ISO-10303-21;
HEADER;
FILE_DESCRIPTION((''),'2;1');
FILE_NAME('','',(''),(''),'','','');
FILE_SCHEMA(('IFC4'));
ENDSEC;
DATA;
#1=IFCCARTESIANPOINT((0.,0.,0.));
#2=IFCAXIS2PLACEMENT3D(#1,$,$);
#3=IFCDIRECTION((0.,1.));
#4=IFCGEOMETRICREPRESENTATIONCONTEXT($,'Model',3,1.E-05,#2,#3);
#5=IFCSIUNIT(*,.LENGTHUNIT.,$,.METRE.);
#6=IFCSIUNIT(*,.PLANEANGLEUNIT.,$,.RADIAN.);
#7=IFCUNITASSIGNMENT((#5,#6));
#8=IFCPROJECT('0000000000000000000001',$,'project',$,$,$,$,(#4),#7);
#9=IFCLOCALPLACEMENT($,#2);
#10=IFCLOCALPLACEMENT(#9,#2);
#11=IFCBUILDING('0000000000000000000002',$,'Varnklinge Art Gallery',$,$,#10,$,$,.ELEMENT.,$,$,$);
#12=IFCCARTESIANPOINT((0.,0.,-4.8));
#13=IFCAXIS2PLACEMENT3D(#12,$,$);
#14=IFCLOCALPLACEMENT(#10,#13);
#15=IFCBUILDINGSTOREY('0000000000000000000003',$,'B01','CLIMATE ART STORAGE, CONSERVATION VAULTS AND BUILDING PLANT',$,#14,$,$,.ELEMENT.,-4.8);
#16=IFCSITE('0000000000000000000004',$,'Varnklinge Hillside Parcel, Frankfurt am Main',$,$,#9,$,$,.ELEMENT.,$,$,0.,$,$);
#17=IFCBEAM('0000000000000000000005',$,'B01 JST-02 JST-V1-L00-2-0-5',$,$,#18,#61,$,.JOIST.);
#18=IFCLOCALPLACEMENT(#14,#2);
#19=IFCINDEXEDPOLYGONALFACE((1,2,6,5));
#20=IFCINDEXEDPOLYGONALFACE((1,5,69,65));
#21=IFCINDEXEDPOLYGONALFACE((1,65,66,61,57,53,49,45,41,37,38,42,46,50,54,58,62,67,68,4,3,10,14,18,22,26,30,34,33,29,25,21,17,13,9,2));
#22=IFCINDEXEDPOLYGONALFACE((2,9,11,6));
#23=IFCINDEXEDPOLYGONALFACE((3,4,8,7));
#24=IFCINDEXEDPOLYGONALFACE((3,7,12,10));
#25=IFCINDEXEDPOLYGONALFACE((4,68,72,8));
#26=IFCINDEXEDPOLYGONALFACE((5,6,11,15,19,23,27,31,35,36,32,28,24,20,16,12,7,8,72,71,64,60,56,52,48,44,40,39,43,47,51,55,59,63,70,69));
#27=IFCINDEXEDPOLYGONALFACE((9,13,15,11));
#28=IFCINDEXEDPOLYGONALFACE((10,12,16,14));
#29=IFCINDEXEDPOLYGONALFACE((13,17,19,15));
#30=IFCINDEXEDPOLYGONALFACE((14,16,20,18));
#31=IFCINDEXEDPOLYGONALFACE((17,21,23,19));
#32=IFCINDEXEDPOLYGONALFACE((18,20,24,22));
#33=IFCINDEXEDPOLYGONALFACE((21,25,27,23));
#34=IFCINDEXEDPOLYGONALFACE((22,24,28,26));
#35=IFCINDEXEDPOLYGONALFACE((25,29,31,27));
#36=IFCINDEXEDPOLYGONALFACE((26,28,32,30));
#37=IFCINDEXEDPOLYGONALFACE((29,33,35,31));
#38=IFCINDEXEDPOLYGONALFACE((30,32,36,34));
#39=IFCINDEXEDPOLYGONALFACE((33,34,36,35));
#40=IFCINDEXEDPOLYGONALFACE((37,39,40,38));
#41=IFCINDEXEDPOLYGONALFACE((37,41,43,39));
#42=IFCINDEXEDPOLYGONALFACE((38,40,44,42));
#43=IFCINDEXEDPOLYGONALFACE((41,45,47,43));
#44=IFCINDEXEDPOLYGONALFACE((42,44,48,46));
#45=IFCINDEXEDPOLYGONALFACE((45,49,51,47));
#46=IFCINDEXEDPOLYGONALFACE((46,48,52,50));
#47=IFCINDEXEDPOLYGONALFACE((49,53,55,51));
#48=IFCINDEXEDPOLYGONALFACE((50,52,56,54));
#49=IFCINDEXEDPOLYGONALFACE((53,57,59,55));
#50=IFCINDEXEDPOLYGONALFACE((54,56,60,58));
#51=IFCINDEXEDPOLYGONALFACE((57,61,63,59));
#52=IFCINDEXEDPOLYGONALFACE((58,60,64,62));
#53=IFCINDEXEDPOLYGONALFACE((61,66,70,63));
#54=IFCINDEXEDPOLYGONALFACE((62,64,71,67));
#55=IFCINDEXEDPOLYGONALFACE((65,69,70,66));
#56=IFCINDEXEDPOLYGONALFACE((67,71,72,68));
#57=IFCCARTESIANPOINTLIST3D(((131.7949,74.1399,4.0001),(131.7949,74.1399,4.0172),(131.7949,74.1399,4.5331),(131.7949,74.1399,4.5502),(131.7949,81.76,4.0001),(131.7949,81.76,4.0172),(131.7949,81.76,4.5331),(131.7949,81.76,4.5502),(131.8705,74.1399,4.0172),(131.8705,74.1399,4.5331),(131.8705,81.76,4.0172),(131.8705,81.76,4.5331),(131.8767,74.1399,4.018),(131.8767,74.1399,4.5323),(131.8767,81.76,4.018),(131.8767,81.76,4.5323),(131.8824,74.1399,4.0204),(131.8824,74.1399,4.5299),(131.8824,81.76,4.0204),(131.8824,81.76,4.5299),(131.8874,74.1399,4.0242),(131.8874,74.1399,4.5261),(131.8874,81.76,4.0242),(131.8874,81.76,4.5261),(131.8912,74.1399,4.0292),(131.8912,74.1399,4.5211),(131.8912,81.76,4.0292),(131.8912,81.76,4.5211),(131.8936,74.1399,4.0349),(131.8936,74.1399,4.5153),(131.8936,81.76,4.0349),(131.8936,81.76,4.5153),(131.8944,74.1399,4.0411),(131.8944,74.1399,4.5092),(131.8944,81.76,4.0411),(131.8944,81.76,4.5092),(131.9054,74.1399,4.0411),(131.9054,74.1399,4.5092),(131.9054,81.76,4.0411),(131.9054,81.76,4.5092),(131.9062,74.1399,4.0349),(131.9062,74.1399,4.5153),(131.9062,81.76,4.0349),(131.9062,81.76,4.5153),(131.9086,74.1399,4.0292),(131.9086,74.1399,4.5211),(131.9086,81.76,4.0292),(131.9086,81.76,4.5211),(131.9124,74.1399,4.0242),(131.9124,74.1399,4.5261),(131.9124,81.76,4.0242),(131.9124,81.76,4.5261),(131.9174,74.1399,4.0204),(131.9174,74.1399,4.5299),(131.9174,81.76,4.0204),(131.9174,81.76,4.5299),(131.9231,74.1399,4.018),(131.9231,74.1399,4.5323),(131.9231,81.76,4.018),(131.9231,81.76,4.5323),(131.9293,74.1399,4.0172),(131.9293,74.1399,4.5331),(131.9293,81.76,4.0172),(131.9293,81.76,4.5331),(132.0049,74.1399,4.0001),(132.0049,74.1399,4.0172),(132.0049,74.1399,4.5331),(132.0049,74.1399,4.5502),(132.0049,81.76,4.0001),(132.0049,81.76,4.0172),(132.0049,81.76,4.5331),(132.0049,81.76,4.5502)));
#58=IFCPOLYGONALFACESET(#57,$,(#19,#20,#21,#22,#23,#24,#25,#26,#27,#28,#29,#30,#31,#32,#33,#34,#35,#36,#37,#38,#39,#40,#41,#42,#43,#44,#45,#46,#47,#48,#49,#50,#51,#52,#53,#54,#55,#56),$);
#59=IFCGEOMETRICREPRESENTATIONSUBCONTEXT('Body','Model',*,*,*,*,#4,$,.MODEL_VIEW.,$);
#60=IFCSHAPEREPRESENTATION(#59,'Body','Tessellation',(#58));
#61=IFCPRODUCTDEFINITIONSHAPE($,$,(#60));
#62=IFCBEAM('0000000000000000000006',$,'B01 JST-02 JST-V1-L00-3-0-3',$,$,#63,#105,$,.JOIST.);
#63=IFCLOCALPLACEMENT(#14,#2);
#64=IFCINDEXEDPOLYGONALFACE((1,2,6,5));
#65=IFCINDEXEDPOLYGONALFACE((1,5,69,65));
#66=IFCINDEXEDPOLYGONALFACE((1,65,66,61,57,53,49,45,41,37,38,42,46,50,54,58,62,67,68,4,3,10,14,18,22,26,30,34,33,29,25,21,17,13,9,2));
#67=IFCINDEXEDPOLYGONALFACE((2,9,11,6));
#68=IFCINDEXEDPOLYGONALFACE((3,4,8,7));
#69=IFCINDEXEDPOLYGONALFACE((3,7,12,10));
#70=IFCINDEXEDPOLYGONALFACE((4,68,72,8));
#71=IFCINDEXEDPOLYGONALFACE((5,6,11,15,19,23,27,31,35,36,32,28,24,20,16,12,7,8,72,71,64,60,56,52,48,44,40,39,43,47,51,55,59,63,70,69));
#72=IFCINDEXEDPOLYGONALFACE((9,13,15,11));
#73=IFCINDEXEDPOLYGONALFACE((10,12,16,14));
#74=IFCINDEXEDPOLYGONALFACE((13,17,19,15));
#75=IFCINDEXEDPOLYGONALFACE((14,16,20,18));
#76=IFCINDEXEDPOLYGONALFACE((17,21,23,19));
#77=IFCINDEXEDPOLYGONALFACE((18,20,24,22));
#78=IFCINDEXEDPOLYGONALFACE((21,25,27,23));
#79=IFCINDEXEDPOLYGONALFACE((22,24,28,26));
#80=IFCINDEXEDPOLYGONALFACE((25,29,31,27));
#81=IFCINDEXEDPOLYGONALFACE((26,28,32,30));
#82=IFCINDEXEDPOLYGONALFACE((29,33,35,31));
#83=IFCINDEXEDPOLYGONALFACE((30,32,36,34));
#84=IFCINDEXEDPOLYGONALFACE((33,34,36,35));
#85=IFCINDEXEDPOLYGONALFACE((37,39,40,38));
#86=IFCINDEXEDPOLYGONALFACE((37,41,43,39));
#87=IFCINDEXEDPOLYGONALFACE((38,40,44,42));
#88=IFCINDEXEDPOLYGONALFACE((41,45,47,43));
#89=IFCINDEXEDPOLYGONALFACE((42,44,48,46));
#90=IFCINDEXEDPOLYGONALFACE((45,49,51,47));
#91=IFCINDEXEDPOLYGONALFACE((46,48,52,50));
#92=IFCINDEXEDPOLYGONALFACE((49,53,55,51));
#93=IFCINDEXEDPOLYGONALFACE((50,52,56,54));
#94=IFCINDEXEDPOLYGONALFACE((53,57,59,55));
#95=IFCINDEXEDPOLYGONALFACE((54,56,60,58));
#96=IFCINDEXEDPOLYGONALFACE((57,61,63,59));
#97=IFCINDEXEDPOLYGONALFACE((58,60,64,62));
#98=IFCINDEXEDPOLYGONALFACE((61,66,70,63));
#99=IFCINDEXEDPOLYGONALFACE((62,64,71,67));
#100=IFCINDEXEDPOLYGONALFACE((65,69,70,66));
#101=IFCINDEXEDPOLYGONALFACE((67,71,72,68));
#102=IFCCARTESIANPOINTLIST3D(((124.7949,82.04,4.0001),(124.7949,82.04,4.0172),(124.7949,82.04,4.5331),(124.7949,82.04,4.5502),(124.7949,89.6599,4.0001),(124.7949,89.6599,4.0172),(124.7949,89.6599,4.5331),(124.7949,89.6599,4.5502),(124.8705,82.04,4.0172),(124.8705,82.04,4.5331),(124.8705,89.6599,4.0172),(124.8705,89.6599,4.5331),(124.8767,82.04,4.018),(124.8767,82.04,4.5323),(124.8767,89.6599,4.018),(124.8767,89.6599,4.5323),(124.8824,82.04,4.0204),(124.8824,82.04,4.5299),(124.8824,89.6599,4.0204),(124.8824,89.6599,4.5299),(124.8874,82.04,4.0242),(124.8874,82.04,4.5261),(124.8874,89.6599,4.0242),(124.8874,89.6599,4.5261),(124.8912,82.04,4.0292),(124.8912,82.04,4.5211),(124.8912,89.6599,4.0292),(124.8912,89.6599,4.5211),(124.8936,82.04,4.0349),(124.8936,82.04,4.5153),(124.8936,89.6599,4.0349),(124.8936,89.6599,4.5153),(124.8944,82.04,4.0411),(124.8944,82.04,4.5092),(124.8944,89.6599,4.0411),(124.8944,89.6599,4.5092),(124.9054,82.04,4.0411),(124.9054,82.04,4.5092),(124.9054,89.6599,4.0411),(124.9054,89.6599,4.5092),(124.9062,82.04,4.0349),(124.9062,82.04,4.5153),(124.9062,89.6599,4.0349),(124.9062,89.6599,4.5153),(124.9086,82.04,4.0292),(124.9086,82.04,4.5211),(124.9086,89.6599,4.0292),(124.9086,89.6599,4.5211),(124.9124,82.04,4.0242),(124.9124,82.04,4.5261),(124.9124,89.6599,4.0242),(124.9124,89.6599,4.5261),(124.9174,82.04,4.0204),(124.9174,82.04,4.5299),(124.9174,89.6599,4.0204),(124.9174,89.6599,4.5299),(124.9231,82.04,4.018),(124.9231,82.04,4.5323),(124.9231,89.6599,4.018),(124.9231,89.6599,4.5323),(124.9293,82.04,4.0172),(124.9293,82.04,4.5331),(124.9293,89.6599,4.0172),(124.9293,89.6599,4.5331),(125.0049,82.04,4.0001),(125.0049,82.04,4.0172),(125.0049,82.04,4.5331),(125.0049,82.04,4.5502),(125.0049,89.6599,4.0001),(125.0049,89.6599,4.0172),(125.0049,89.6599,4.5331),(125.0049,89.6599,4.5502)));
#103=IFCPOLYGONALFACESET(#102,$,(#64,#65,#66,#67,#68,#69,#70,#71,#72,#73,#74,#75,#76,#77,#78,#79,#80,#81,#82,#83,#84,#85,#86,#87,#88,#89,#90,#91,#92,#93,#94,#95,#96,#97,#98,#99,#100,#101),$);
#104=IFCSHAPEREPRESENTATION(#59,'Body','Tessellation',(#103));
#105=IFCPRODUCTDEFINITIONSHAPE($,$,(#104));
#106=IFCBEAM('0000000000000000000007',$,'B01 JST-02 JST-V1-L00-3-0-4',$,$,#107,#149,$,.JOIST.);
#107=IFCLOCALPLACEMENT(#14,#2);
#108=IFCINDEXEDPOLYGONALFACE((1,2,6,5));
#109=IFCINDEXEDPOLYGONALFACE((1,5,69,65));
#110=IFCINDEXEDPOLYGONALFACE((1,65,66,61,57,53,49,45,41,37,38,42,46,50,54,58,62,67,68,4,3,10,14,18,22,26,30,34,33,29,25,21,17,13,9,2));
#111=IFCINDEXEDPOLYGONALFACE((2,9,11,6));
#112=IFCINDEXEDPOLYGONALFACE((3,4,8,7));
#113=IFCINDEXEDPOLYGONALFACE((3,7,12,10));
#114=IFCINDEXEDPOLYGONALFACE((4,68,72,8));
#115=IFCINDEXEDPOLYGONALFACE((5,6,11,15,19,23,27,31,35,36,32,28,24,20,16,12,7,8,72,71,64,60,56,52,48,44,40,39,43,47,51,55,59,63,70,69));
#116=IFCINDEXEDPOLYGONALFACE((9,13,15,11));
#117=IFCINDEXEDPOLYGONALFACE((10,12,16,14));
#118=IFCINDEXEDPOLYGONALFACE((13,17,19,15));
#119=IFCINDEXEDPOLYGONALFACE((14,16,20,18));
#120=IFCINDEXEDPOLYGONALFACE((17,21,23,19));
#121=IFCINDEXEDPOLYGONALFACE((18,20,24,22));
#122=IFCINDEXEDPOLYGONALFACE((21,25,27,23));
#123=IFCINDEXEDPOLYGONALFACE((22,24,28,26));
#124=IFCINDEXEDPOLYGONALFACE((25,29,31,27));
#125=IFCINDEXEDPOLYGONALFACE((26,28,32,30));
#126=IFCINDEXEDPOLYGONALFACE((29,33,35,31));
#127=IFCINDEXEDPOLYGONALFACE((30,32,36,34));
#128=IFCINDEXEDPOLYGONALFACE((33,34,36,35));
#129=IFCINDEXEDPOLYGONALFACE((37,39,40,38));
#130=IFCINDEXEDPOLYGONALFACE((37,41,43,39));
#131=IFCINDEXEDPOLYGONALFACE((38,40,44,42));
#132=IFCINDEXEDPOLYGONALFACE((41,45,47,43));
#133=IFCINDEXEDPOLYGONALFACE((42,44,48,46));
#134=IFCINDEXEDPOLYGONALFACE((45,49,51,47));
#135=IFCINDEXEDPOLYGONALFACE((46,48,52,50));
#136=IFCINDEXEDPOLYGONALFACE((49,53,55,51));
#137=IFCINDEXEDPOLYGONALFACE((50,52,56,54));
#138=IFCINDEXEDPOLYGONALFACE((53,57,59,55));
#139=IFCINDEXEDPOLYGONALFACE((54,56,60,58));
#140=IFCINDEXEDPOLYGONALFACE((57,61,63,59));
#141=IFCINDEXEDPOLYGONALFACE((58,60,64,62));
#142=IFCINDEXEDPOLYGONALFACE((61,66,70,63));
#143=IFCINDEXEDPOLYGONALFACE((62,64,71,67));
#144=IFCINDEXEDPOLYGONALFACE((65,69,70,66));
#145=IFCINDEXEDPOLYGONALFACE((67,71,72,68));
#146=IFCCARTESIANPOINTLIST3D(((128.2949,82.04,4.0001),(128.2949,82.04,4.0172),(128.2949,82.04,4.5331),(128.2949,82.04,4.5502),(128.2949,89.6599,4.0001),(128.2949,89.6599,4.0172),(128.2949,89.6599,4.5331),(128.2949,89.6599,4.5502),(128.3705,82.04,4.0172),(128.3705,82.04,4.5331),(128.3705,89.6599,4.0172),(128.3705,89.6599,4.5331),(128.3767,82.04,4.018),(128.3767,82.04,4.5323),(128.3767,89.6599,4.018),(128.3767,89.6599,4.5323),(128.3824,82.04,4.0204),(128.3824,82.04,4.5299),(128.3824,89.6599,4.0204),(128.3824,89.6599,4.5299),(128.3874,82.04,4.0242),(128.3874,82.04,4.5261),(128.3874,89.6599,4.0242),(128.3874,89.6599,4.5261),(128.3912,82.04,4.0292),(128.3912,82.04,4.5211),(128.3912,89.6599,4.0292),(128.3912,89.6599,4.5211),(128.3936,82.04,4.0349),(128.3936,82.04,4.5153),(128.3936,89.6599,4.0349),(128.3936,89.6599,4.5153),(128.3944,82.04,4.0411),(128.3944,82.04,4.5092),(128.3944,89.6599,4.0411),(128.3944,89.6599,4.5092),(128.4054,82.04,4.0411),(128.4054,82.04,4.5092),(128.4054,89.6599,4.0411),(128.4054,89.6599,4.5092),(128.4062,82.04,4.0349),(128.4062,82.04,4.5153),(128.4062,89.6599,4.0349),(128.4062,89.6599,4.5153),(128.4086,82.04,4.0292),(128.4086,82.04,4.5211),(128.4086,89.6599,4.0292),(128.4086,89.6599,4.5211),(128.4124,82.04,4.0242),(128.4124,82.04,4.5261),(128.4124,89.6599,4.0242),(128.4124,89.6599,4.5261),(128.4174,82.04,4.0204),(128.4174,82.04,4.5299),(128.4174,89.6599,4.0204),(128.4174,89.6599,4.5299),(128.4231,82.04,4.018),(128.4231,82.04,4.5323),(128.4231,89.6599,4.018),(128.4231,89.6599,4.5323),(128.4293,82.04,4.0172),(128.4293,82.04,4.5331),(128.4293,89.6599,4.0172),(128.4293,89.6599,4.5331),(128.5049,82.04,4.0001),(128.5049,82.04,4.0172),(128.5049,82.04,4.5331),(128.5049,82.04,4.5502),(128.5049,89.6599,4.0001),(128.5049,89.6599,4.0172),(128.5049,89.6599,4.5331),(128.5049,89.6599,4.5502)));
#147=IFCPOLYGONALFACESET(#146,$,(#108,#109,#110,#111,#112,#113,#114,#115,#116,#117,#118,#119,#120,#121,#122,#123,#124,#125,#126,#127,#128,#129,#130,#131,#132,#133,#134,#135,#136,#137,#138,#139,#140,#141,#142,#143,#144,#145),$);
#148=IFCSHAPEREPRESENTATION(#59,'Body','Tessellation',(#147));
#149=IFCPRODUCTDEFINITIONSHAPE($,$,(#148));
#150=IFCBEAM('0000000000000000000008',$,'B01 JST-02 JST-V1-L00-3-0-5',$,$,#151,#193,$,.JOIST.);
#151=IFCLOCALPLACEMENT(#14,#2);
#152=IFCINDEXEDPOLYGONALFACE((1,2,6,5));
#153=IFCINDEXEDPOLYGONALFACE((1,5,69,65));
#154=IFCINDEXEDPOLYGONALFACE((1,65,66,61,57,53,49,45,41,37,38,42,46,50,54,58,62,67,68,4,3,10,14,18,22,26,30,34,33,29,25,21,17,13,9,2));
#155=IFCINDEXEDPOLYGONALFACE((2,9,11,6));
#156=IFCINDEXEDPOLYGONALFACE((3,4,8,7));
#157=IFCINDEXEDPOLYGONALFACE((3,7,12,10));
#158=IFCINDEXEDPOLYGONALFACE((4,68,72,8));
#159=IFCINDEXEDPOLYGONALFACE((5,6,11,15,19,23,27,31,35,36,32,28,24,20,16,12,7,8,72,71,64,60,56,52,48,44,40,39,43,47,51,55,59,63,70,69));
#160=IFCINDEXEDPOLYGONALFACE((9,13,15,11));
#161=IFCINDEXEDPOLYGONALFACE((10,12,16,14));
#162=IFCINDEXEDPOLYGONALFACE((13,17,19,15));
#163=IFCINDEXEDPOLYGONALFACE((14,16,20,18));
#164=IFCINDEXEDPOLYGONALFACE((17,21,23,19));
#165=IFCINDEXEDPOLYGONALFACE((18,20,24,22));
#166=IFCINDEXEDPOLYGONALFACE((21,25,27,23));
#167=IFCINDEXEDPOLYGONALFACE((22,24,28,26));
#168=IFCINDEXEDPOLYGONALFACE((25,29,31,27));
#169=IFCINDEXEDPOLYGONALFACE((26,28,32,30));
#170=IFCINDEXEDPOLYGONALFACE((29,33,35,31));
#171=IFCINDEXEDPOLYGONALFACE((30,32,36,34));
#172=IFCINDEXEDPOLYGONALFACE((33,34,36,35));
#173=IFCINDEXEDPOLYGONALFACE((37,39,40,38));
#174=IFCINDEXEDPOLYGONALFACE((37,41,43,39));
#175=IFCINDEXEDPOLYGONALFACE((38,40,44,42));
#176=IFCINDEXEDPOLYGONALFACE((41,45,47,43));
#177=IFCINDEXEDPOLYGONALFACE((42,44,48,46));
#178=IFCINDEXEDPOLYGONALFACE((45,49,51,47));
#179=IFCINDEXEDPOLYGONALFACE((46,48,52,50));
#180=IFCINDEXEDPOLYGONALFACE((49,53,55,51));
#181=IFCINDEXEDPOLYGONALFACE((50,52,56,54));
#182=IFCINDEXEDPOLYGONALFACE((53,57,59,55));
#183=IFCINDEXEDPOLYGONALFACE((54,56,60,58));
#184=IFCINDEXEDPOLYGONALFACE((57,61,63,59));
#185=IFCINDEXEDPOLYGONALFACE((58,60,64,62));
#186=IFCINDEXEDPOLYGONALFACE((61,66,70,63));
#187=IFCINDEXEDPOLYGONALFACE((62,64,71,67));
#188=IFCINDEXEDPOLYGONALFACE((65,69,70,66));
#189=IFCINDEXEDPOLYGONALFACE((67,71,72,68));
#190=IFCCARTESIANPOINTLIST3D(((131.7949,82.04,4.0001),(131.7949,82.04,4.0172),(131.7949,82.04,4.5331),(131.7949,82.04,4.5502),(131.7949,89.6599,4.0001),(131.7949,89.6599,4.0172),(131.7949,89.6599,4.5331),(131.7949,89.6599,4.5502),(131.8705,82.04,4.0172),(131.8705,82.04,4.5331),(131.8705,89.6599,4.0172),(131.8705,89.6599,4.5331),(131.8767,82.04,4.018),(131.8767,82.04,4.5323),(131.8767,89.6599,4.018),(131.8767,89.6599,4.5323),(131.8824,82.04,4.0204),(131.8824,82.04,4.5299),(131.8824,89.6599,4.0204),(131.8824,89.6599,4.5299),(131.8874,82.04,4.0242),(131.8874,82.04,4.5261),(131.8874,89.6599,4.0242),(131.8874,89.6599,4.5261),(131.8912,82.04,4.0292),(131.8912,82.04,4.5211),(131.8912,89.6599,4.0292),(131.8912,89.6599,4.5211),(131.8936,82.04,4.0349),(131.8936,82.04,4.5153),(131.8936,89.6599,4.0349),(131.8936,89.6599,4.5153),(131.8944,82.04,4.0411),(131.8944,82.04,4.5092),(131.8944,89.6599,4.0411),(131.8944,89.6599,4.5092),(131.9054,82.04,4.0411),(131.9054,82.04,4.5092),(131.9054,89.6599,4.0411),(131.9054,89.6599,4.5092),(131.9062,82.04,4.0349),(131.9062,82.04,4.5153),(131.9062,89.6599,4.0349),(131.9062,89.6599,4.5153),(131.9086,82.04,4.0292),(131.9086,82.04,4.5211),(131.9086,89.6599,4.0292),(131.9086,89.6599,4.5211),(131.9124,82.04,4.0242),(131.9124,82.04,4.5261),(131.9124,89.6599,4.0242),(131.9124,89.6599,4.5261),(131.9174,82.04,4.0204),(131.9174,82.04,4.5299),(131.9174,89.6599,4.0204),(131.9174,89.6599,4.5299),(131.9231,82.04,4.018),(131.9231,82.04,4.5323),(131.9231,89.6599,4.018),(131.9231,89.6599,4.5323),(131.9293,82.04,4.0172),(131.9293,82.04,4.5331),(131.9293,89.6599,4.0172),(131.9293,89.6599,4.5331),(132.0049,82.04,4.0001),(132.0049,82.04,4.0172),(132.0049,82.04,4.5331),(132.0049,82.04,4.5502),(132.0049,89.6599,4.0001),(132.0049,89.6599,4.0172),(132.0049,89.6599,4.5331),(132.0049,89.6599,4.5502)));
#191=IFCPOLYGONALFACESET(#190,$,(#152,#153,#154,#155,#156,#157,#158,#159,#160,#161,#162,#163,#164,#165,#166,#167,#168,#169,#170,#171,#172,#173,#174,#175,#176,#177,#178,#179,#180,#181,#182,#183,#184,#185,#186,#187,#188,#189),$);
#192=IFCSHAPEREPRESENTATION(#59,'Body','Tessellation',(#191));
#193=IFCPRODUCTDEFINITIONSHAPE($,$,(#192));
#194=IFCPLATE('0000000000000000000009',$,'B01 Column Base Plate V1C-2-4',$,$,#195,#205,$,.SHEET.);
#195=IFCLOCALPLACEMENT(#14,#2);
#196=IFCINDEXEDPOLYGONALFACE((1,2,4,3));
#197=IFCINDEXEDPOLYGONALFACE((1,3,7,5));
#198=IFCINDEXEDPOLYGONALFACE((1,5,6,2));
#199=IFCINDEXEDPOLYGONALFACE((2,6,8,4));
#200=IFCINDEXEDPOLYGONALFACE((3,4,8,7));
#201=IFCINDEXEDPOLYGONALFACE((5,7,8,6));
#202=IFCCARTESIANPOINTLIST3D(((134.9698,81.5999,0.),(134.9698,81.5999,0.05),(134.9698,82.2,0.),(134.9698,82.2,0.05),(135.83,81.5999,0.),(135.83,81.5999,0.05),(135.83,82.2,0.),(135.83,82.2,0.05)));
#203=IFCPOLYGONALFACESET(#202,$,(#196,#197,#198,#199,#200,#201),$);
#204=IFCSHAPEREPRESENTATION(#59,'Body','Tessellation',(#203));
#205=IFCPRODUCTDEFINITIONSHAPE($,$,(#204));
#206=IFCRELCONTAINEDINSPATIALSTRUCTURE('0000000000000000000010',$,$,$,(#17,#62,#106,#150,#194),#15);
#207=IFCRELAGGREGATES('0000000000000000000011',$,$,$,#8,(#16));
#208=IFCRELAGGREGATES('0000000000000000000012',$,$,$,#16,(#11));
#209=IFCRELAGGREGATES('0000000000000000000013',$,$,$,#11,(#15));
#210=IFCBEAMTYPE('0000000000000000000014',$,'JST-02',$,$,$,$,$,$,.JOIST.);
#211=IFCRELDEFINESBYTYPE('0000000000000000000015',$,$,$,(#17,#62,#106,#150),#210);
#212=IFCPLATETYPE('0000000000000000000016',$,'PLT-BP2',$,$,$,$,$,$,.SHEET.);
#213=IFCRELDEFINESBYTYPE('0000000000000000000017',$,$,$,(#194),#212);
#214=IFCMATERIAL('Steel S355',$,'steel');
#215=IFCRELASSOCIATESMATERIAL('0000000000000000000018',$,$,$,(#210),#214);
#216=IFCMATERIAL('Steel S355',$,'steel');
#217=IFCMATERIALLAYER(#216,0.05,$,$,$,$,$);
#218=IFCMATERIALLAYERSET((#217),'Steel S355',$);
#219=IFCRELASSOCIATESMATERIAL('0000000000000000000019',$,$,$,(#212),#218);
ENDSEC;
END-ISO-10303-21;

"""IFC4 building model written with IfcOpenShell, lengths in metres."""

from ifc_helpers import new_model, si_unit, direction, frame, origin, origin_2d, place, context, subcontext, project, spatial, rectangle, i_section, extrude, material, layer, layer_set, material_profile, profile_set, type_object, element, save


model = new_model("IFC4")

# Units and contexts
model_context = context("Model", 3, precision=1e-05, world=origin(), true_north=direction((0.0, 1.0)))
body_context = subcontext(model_context, "Body", "Model", "MODEL_VIEW")
ifc_project = project(units=[si_unit("LENGTHUNIT", "METRE"), si_unit("PLANEANGLEUNIT", "RADIAN")], contexts=[model_context])

# Site, building, storey
site_placement = place(None, origin())
site = spatial("IfcSite", under=ifc_project, at=site_placement, Name="Varnklinge Hillside Parcel, Frankfurt am Main", CompositionType="ELEMENT", RefElevation=0.0)
building_placement = place(site_placement, origin())
building = spatial("IfcBuilding", under=site, at=building_placement, Name="Varnklinge Art Gallery", CompositionType="ELEMENT")
storey_placement = place(building_placement, frame((0.0, 0.0, -4.8)))
storey = spatial("IfcBuildingStorey", under=building, at=storey_placement, Name="B01", Description="CLIMATE ART STORAGE, CONSERVATION VAULTS AND BUILDING PLANT", CompositionType="ELEMENT", Elevation=-4.8)

# Beams
ifc_material_1 = material(Name="Steel S355", Category="steel")
ifc_material_profile_1 = material_profile(ifc_material_1, i_section(OverallWidth=0.21, OverallDepth=0.55, WebThickness=0.011, FlangeThickness=0.0171, FilletRadius=0.0239, at=origin_2d()), Name="IPE 550")
ifc_profile_set_1 = profile_set([ifc_material_profile_1], Name="Steel S355")
beam_type_1 = type_object("IfcBeamType", Name="JST-02", PredefinedType="JOIST", material=ifc_profile_set_1)
for number, where, z_axis, x_axis, name in (
    (1, (131.8999, 74.1399, 4.2751), (0.0, 1.0, 0.0), (-1.0, 0.0, 0.0), "B01 JST-02 JST-V1-L00-2-0-5"),
):
    element("IfcBeam", number, at=place(storey_placement, frame(where, z_axis=z_axis, x_axis=x_axis)), inside=storey, type_object=beam_type_1, Name=name, PredefinedType="JOIST", context=body_context, shape_type="SweptSolid", body=[
        extrude(i_section(OverallWidth=0.21, OverallDepth=0.55, WebThickness=0.011, FlangeThickness=0.0171, FilletRadius=0.0239, at=origin_2d()), origin(), (0.0, 0.0, 1.0), 7.6201),
    ])
for number, where, z_axis, x_axis, name in (
    (2, (124.8999, 82.04, 4.2751), (0.0, 1.0, 0.0), (-1.0, 0.0, 0.0), "B01 JST-02 JST-V1-L00-3-0-3"),
    (3, (128.3999, 82.04, 4.2751), (0.0, 1.0, 0.0), (-1.0, 0.0, 0.0), "B01 JST-02 JST-V1-L00-3-0-4"),
    (4, (131.8999, 82.04, 4.2751), (0.0, 1.0, 0.0), (-1.0, 0.0, 0.0), "B01 JST-02 JST-V1-L00-3-0-5"),
):
    element("IfcBeam", number, at=place(storey_placement, frame(where, z_axis=z_axis, x_axis=x_axis)), inside=storey, type_object=beam_type_1, Name=name, PredefinedType="JOIST", context=body_context, shape_type="SweptSolid", body=[
        extrude(i_section(OverallWidth=0.21, OverallDepth=0.55, WebThickness=0.011, FlangeThickness=0.0171, FilletRadius=0.0239, at=origin_2d()), origin(), (0.0, 0.0, 1.0), 7.6199),
    ])

# Plate
ifc_material_2 = material(Name="Steel S355", Category="steel")
ifc_layer_1 = layer(ifc_material_2, 0.05)
ifc_layer_set_1 = layer_set([ifc_layer_1], Name="Steel S355")
plate_type = type_object("IfcPlateType", Name="PLT-BP2", PredefinedType="SHEET", material=ifc_layer_set_1)
plate_placement = place(storey_placement, frame((135.3999, 81.8999, 0.0), z_axis=(0.0, 0.0, 1.0), x_axis=(1.0, 0.0, 0.0)))
element("IfcPlate", 5, at=plate_placement, inside=storey, type_object=plate_type, Name="B01 Column Base Plate V1C-2-4", PredefinedType="SHEET", context=body_context, shape_type="SweptSolid", body=[
    extrude(rectangle(XDim=0.8601, YDim=0.6001, at=origin_2d()), origin(), (0.0, 0.0, 1.0), 0.05),
])

save(model, "model.ifc")
